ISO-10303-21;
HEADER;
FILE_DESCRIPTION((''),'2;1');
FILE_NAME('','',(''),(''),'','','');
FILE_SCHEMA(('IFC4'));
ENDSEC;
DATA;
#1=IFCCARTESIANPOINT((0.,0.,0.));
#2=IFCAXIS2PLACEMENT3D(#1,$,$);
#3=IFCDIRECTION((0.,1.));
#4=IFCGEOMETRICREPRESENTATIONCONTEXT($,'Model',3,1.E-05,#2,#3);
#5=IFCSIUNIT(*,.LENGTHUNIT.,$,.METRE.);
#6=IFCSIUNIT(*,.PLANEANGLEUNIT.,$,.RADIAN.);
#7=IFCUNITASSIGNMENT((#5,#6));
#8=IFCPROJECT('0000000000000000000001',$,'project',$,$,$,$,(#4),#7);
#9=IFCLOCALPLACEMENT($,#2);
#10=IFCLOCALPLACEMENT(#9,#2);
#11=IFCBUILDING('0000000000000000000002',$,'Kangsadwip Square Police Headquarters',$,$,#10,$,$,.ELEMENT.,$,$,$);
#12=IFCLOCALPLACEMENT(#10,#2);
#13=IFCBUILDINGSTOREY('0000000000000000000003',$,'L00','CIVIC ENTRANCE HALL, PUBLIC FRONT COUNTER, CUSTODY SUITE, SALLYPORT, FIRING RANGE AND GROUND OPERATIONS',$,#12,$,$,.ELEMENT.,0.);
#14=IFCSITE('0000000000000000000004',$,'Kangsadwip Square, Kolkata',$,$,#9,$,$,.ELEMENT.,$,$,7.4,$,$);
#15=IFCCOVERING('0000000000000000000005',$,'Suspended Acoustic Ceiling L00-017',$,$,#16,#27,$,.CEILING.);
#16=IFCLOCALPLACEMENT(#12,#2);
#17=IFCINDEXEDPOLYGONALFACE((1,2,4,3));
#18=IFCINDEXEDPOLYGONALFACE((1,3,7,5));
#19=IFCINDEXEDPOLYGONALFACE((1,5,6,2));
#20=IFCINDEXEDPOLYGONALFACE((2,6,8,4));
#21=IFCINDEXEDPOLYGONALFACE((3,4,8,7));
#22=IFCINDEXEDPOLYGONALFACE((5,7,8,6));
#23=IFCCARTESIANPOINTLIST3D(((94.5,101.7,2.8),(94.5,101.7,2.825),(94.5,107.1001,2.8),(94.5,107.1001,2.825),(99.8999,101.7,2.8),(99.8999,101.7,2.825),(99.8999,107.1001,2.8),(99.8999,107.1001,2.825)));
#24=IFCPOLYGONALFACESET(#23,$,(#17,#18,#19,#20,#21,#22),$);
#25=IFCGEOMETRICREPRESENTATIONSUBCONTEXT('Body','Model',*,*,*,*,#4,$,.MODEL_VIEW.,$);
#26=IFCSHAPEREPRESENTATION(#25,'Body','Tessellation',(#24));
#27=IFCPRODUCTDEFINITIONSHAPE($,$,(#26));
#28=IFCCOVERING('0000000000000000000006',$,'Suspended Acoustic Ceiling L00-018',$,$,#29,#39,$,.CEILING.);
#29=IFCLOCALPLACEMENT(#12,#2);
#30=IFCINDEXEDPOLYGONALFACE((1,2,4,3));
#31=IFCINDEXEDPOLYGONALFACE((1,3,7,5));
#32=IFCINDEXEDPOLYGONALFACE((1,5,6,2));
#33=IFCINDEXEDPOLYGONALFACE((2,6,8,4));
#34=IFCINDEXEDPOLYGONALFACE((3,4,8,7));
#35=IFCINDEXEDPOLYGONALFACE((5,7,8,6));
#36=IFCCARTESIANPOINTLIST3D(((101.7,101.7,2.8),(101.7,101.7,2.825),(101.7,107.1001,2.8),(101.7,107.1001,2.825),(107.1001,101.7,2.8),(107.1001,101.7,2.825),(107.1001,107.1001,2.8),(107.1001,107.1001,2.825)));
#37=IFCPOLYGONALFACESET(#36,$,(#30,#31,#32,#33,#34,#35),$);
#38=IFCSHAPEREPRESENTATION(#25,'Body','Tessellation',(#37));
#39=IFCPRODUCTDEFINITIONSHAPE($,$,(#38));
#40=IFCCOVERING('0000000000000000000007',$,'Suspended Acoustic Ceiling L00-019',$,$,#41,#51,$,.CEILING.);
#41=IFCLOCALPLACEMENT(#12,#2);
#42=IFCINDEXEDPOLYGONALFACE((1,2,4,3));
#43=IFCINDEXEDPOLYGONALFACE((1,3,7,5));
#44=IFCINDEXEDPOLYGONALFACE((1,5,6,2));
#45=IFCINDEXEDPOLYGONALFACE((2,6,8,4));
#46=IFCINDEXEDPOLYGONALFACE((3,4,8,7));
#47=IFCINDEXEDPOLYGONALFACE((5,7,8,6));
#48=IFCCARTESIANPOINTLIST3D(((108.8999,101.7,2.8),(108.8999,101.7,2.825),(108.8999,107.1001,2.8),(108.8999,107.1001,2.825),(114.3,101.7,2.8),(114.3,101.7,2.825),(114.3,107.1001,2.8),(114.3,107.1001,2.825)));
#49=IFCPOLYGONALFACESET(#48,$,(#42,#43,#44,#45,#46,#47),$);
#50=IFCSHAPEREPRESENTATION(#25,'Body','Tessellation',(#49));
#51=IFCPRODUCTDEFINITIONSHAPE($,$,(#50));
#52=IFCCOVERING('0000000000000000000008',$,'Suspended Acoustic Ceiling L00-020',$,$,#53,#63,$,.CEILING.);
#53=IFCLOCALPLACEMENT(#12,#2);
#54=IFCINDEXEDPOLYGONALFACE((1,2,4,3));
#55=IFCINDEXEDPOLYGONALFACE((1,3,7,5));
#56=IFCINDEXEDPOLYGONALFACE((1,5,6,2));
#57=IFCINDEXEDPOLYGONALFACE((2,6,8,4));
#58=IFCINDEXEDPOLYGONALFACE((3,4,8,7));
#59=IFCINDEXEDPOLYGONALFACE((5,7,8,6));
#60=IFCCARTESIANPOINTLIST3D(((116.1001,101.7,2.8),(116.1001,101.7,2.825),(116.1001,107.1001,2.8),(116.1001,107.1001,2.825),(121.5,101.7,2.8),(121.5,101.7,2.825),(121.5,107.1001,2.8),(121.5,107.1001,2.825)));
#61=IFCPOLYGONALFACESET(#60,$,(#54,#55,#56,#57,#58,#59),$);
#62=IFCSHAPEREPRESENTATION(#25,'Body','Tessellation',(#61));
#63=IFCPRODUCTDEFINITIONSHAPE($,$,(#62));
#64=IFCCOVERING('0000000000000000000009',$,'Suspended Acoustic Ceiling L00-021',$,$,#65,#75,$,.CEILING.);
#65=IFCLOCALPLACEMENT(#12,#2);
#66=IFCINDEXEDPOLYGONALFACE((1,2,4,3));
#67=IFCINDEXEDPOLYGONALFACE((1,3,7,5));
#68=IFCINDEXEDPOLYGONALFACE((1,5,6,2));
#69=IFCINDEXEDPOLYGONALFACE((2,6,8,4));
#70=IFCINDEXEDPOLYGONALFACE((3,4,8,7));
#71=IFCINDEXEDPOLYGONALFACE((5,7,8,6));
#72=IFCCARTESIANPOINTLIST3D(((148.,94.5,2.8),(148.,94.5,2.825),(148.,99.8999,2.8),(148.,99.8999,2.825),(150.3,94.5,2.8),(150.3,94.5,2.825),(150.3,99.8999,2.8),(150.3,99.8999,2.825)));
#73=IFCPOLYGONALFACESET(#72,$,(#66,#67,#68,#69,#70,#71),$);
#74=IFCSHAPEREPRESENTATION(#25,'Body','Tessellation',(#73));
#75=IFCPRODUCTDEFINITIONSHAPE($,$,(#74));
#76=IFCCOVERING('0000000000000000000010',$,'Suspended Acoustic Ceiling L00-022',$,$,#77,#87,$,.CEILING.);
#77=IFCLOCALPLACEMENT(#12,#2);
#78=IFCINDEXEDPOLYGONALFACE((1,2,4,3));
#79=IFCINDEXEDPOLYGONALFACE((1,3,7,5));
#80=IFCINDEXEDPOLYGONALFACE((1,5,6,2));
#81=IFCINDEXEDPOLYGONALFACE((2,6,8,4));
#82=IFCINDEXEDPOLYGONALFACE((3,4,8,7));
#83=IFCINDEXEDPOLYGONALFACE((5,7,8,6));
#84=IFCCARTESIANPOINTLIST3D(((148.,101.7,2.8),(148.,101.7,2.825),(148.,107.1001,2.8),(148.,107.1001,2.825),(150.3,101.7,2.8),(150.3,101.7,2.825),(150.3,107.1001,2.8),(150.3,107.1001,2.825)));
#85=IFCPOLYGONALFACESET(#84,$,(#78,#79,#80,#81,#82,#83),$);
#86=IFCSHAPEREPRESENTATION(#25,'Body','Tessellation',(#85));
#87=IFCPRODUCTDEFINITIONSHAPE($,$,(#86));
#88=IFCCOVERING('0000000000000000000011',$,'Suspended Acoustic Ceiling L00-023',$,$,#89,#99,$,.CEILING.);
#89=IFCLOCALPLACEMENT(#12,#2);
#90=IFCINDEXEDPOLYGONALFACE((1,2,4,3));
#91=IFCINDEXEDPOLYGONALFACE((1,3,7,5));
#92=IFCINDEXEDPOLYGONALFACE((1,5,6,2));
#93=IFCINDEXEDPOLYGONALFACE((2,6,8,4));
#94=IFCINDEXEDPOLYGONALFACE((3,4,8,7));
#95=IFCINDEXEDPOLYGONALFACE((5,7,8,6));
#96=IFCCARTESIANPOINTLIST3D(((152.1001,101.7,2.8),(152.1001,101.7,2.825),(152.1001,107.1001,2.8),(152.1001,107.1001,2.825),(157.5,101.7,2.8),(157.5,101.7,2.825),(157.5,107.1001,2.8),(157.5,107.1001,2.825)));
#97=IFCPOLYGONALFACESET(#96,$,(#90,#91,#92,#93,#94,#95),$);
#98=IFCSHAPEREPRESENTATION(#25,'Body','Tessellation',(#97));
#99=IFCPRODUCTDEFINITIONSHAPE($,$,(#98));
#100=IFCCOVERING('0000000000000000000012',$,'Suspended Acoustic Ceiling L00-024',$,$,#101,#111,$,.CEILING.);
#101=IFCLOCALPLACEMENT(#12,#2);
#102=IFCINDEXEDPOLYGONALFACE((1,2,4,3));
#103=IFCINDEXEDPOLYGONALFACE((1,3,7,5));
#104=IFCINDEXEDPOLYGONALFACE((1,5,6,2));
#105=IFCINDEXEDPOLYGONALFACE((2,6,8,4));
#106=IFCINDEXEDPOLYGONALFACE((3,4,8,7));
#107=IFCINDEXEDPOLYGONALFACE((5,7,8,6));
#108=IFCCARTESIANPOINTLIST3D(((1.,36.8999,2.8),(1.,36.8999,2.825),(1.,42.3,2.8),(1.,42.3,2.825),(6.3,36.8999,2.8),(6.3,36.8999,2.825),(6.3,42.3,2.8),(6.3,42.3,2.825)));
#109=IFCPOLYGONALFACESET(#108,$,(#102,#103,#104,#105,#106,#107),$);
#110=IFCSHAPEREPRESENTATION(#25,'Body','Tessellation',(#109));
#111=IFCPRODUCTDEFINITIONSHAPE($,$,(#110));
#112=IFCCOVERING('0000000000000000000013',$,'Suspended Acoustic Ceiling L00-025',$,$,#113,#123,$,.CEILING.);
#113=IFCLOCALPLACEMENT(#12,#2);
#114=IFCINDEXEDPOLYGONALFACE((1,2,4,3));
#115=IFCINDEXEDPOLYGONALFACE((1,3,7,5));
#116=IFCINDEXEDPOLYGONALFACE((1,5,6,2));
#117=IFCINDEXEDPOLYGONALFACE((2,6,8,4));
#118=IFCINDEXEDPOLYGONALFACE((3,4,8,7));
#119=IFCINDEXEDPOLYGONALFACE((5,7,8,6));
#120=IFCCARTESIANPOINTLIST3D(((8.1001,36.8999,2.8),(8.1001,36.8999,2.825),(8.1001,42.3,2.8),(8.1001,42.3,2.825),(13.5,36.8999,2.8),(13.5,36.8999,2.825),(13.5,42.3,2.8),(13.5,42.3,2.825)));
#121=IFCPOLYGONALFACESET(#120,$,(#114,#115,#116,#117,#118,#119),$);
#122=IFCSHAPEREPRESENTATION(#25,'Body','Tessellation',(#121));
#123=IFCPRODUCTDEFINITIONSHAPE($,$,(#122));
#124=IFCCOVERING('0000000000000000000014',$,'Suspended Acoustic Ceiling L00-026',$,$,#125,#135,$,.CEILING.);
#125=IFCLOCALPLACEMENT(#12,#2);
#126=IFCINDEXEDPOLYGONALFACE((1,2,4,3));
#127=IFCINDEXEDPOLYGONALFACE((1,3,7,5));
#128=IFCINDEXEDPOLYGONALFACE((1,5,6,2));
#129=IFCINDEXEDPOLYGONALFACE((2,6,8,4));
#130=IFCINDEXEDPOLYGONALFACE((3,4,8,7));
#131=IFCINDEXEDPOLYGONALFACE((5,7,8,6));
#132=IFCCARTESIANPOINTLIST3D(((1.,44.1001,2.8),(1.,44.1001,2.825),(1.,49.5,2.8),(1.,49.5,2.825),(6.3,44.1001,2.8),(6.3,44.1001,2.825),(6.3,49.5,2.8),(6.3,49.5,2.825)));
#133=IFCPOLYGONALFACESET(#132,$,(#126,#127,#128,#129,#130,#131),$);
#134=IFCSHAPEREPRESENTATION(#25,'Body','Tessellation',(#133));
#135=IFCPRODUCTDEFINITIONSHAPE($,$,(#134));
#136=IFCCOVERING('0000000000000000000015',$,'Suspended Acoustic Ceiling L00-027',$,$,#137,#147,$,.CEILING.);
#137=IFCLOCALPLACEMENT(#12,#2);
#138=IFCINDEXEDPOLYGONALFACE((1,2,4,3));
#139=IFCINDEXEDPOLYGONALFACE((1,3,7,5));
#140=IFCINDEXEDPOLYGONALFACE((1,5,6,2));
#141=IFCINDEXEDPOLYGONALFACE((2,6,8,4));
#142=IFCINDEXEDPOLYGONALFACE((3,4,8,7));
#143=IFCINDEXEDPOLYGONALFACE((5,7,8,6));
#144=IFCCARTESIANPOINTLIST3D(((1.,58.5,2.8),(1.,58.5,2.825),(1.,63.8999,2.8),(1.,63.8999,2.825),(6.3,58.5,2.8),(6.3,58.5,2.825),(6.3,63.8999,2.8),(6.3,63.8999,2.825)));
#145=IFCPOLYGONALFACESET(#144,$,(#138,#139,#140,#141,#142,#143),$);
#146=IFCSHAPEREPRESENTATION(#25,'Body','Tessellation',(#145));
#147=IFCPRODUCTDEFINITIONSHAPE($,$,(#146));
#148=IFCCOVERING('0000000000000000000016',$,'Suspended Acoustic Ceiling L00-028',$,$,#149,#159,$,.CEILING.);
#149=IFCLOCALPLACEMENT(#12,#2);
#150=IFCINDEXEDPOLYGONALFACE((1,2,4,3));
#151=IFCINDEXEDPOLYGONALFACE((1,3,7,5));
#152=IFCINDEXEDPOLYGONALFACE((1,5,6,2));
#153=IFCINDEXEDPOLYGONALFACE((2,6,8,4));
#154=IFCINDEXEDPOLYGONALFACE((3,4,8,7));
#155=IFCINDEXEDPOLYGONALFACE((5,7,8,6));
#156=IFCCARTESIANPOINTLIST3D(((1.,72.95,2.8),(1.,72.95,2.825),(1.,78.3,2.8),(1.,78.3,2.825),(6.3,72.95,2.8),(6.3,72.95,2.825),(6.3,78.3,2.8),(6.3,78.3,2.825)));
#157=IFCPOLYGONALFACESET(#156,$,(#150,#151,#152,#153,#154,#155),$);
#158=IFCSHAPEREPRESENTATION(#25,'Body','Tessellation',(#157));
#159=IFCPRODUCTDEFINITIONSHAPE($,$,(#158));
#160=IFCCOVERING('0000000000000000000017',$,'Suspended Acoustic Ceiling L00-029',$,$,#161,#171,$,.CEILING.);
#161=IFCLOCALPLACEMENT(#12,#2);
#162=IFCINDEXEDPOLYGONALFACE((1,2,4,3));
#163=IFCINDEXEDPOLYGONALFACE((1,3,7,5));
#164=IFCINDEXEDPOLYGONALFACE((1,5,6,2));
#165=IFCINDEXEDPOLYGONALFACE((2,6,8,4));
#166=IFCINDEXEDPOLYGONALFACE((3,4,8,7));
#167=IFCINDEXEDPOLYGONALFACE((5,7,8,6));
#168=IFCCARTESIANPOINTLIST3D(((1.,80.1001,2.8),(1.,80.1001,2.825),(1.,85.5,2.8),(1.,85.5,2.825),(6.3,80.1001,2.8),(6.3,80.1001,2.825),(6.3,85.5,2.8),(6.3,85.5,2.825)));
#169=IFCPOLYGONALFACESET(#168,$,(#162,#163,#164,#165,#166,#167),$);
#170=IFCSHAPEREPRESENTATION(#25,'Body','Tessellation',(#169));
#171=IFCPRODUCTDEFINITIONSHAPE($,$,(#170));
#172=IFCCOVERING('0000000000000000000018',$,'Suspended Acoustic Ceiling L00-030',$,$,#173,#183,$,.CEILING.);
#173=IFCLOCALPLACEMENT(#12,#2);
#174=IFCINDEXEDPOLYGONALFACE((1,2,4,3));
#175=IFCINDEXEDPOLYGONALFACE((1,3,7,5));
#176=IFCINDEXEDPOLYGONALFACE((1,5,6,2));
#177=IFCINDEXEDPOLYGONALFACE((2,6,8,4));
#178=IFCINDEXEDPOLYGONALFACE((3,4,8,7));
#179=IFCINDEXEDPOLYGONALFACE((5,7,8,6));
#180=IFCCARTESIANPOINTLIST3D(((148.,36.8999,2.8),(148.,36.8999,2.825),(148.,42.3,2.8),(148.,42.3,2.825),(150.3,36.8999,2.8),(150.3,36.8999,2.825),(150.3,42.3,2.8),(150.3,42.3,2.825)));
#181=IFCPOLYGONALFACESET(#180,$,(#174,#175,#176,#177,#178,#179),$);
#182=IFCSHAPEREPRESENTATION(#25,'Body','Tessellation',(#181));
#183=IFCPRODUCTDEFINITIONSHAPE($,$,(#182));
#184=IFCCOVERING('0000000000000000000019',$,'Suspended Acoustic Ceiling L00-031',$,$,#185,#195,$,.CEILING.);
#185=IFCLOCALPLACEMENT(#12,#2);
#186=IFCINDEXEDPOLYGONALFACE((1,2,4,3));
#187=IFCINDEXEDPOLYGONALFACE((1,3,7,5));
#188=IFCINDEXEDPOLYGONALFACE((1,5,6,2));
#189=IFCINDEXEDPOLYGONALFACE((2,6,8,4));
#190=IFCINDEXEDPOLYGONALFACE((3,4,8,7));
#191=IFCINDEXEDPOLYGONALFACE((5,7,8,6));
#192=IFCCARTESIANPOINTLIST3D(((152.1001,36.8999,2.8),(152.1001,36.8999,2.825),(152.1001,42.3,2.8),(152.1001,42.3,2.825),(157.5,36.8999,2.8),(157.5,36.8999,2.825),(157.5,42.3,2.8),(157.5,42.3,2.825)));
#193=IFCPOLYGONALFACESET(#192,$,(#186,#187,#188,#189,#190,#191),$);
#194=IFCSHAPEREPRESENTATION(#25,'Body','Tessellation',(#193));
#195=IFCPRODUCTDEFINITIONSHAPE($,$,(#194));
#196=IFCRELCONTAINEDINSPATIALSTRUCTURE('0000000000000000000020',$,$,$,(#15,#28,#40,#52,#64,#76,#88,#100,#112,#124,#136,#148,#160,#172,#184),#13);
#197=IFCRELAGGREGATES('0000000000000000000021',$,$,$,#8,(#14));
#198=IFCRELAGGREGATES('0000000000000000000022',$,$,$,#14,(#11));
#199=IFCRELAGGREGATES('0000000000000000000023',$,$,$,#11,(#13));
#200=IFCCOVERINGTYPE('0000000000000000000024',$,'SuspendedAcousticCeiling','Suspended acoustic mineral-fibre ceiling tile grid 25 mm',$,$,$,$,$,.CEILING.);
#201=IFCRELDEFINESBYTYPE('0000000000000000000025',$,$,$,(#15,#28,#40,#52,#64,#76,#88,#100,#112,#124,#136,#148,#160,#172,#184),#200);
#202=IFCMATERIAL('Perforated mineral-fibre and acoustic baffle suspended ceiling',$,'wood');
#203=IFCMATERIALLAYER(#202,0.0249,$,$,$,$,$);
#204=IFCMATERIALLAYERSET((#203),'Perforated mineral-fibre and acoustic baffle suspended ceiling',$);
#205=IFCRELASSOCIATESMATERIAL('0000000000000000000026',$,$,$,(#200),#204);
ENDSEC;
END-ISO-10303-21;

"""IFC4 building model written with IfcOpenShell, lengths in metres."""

from ifc_helpers import new_model, si_unit, direction, frame, origin, place, context, subcontext, project, spatial, polyline, outline, extrude, material, layer, layer_set, type_object, element, save


model = new_model("IFC4")

# Units and contexts
model_context = context("Model", 3, precision=1e-05, world=origin(), true_north=direction((0.0, 1.0)))
body_context = subcontext(model_context, "Body", "Model", "MODEL_VIEW")
ifc_project = project(units=[si_unit("LENGTHUNIT", "METRE"), si_unit("PLANEANGLEUNIT", "RADIAN")], contexts=[model_context])

# Site, building, storey
site_placement = place(None, origin())
site = spatial("IfcSite", under=ifc_project, at=site_placement, Name="Kangsadwip Square, Kolkata", CompositionType="ELEMENT", RefElevation=7.4)
building_placement = place(site_placement, origin())
building = spatial("IfcBuilding", under=site, at=building_placement, Name="Kangsadwip Square Police Headquarters", CompositionType="ELEMENT")
storey_placement = place(building_placement, origin())
storey = spatial("IfcBuildingStorey", under=building, at=storey_placement, Name="L00", Description="CIVIC ENTRANCE HALL, PUBLIC FRONT COUNTER, CUSTODY SUITE, SALLYPORT, FIRING RANGE AND GROUND OPERATIONS", CompositionType="ELEMENT", Elevation=0.0)

# Coverings
ifc_material = material(Name="Perforated mineral-fibre and acoustic baffle suspended ceiling", Category="wood")
ifc_layer = layer(ifc_material, 0.0249)
ifc_layer_set = layer_set([ifc_layer], Name="Perforated mineral-fibre and acoustic baffle suspended ceiling")
covering_type = type_object("IfcCoveringType", Name="SuspendedAcousticCeiling", Description="Suspended acoustic mineral-fibre ceiling tile grid 25 mm", PredefinedType="CEILING", material=ifc_layer_set)
covering_1_placement = place(storey_placement, frame((0.0, 0.0, 2.8)))
element("IfcCovering", 1, at=covering_1_placement, inside=storey, type_object=covering_type, Name="Suspended Acoustic Ceiling L00-017", PredefinedType="CEILING", context=body_context, shape_type="SweptSolid", body=[
    extrude(outline(polyline([(94.5, 101.7), (99.8999, 101.7), (99.8999, 107.1001), (94.5, 107.1001), (94.5, 101.7)])), origin(), (0.0, 0.0, 1.0), 0.0249),
])
covering_2_placement = place(storey_placement, frame((0.0, 0.0, 2.8)))
element("IfcCovering", 2, at=covering_2_placement, inside=storey, type_object=covering_type, Name="Suspended Acoustic Ceiling L00-018", PredefinedType="CEILING", context=body_context, shape_type="SweptSolid", body=[
    extrude(outline(polyline([(101.7, 101.7), (107.1001, 101.7), (107.1001, 107.1001), (101.7, 107.1001), (101.7, 101.7)])), origin(), (0.0, 0.0, 1.0), 0.0249),
])
covering_3_placement = place(storey_placement, frame((0.0, 0.0, 2.8)))
element("IfcCovering", 3, at=covering_3_placement, inside=storey, type_object=covering_type, Name="Suspended Acoustic Ceiling L00-019", PredefinedType="CEILING", context=body_context, shape_type="SweptSolid", body=[
    extrude(outline(polyline([(108.8999, 101.7), (114.3, 101.7), (114.3, 107.1001), (108.8999, 107.1001), (108.8999, 101.7)])), origin(), (0.0, 0.0, 1.0), 0.0249),
])
covering_4_placement = place(storey_placement, frame((0.0, 0.0, 2.8)))
element("IfcCovering", 4, at=covering_4_placement, inside=storey, type_object=covering_type, Name="Suspended Acoustic Ceiling L00-020", PredefinedType="CEILING", context=body_context, shape_type="SweptSolid", body=[
    extrude(outline(polyline([(116.1001, 101.7), (121.5, 101.7), (121.5, 107.1001), (116.1001, 107.1001), (116.1001, 101.7)])), origin(), (0.0, 0.0, 1.0), 0.0249),
])
covering_5_placement = place(storey_placement, frame((0.0, 0.0, 2.8)))
element("IfcCovering", 5, at=covering_5_placement, inside=storey, type_object=covering_type, Name="Suspended Acoustic Ceiling L00-021", PredefinedType="CEILING", context=body_context, shape_type="SweptSolid", body=[
    extrude(outline(polyline([(148.0, 94.5), (150.3, 94.5), (150.3, 99.8999), (148.0, 99.8999), (148.0, 94.5)])), origin(), (0.0, 0.0, 1.0), 0.0249),
])
covering_6_placement = place(storey_placement, frame((0.0, 0.0, 2.8)))
element("IfcCovering", 6, at=covering_6_placement, inside=storey, type_object=covering_type, Name="Suspended Acoustic Ceiling L00-022", PredefinedType="CEILING", context=body_context, shape_type="SweptSolid", body=[
    extrude(outline(polyline([(148.0, 101.7), (150.3, 101.7), (150.3, 107.1001), (148.0, 107.1001), (148.0, 101.7)])), origin(), (0.0, 0.0, 1.0), 0.0249),
])
covering_7_placement = place(storey_placement, frame((0.0, 0.0, 2.8)))
element("IfcCovering", 7, at=covering_7_placement, inside=storey, type_object=covering_type, Name="Suspended Acoustic Ceiling L00-023", PredefinedType="CEILING", context=body_context, shape_type="SweptSolid", body=[
    extrude(outline(polyline([(152.1001, 101.7), (157.5, 101.7), (157.5, 107.1001), (152.1001, 107.1001), (152.1001, 101.7)])), origin(), (0.0, 0.0, 1.0), 0.0249),
])
covering_8_placement = place(storey_placement, frame((0.0, 0.0, 2.8)))
element("IfcCovering", 8, at=covering_8_placement, inside=storey, type_object=covering_type, Name="Suspended Acoustic Ceiling L00-024", PredefinedType="CEILING", context=body_context, shape_type="SweptSolid", body=[
    extrude(outline(polyline([(1.0, 36.8999), (6.3, 36.8999), (6.3, 42.3), (1.0, 42.3), (1.0, 36.8999)])), origin(), (0.0, 0.0, 1.0), 0.0249),
])
covering_9_placement = place(storey_placement, frame((0.0, 0.0, 2.8)))
element("IfcCovering", 9, at=covering_9_placement, inside=storey, type_object=covering_type, Name="Suspended Acoustic Ceiling L00-025", PredefinedType="CEILING", context=body_context, shape_type="SweptSolid", body=[
    extrude(outline(polyline([(8.1001, 36.8999), (13.5, 36.8999), (13.5, 42.3), (8.1001, 42.3), (8.1001, 36.8999)])), origin(), (0.0, 0.0, 1.0), 0.0249),
])
covering_10_placement = place(storey_placement, frame((0.0, 0.0, 2.8)))
element("IfcCovering", 10, at=covering_10_placement, inside=storey, type_object=covering_type, Name="Suspended Acoustic Ceiling L00-026", PredefinedType="CEILING", context=body_context, shape_type="SweptSolid", body=[
    extrude(outline(polyline([(1.0, 44.1001), (6.3, 44.1001), (6.3, 49.5), (1.0, 49.5), (1.0, 44.1001)])), origin(), (0.0, 0.0, 1.0), 0.0249),
])
covering_11_placement = place(storey_placement, frame((0.0, 0.0, 2.8)))
element("IfcCovering", 11, at=covering_11_placement, inside=storey, type_object=covering_type, Name="Suspended Acoustic Ceiling L00-027", PredefinedType="CEILING", context=body_context, shape_type="SweptSolid", body=[
    extrude(outline(polyline([(1.0, 58.5), (6.3, 58.5), (6.3, 63.8999), (1.0, 63.8999), (1.0, 58.5)])), origin(), (0.0, 0.0, 1.0), 0.0249),
])
covering_12_placement = place(storey_placement, frame((0.0, 0.0, 2.8)))
element("IfcCovering", 12, at=covering_12_placement, inside=storey, type_object=covering_type, Name="Suspended Acoustic Ceiling L00-028", PredefinedType="CEILING", context=body_context, shape_type="SweptSolid", body=[
    extrude(outline(polyline([(1.0, 72.95), (6.3, 72.95), (6.3, 78.3), (1.0, 78.3), (1.0, 72.95)])), origin(), (0.0, 0.0, 1.0), 0.0249),
])
covering_13_placement = place(storey_placement, frame((0.0, 0.0, 2.8)))
element("IfcCovering", 13, at=covering_13_placement, inside=storey, type_object=covering_type, Name="Suspended Acoustic Ceiling L00-029", PredefinedType="CEILING", context=body_context, shape_type="SweptSolid", body=[
    extrude(outline(polyline([(1.0, 80.1001), (6.3, 80.1001), (6.3, 85.5), (1.0, 85.5), (1.0, 80.1001)])), origin(), (0.0, 0.0, 1.0), 0.0249),
])
covering_14_placement = place(storey_placement, frame((0.0, 0.0, 2.8)))
element("IfcCovering", 14, at=covering_14_placement, inside=storey, type_object=covering_type, Name="Suspended Acoustic Ceiling L00-030", PredefinedType="CEILING", context=body_context, shape_type="SweptSolid", body=[
    extrude(outline(polyline([(148.0, 36.8999), (150.3, 36.8999), (150.3, 42.3), (148.0, 42.3), (148.0, 36.8999)])), origin(), (0.0, 0.0, 1.0), 0.0249),
])
covering_15_placement = place(storey_placement, frame((0.0, 0.0, 2.8)))
element("IfcCovering", 15, at=covering_15_placement, inside=storey, type_object=covering_type, Name="Suspended Acoustic Ceiling L00-031", PredefinedType="CEILING", context=body_context, shape_type="SweptSolid", body=[
    extrude(outline(polyline([(152.1001, 36.8999), (157.5, 36.8999), (157.5, 42.3), (152.1001, 42.3), (152.1001, 36.8999)])), origin(), (0.0, 0.0, 1.0), 0.0249),
])

save(model, "model.ifc")
